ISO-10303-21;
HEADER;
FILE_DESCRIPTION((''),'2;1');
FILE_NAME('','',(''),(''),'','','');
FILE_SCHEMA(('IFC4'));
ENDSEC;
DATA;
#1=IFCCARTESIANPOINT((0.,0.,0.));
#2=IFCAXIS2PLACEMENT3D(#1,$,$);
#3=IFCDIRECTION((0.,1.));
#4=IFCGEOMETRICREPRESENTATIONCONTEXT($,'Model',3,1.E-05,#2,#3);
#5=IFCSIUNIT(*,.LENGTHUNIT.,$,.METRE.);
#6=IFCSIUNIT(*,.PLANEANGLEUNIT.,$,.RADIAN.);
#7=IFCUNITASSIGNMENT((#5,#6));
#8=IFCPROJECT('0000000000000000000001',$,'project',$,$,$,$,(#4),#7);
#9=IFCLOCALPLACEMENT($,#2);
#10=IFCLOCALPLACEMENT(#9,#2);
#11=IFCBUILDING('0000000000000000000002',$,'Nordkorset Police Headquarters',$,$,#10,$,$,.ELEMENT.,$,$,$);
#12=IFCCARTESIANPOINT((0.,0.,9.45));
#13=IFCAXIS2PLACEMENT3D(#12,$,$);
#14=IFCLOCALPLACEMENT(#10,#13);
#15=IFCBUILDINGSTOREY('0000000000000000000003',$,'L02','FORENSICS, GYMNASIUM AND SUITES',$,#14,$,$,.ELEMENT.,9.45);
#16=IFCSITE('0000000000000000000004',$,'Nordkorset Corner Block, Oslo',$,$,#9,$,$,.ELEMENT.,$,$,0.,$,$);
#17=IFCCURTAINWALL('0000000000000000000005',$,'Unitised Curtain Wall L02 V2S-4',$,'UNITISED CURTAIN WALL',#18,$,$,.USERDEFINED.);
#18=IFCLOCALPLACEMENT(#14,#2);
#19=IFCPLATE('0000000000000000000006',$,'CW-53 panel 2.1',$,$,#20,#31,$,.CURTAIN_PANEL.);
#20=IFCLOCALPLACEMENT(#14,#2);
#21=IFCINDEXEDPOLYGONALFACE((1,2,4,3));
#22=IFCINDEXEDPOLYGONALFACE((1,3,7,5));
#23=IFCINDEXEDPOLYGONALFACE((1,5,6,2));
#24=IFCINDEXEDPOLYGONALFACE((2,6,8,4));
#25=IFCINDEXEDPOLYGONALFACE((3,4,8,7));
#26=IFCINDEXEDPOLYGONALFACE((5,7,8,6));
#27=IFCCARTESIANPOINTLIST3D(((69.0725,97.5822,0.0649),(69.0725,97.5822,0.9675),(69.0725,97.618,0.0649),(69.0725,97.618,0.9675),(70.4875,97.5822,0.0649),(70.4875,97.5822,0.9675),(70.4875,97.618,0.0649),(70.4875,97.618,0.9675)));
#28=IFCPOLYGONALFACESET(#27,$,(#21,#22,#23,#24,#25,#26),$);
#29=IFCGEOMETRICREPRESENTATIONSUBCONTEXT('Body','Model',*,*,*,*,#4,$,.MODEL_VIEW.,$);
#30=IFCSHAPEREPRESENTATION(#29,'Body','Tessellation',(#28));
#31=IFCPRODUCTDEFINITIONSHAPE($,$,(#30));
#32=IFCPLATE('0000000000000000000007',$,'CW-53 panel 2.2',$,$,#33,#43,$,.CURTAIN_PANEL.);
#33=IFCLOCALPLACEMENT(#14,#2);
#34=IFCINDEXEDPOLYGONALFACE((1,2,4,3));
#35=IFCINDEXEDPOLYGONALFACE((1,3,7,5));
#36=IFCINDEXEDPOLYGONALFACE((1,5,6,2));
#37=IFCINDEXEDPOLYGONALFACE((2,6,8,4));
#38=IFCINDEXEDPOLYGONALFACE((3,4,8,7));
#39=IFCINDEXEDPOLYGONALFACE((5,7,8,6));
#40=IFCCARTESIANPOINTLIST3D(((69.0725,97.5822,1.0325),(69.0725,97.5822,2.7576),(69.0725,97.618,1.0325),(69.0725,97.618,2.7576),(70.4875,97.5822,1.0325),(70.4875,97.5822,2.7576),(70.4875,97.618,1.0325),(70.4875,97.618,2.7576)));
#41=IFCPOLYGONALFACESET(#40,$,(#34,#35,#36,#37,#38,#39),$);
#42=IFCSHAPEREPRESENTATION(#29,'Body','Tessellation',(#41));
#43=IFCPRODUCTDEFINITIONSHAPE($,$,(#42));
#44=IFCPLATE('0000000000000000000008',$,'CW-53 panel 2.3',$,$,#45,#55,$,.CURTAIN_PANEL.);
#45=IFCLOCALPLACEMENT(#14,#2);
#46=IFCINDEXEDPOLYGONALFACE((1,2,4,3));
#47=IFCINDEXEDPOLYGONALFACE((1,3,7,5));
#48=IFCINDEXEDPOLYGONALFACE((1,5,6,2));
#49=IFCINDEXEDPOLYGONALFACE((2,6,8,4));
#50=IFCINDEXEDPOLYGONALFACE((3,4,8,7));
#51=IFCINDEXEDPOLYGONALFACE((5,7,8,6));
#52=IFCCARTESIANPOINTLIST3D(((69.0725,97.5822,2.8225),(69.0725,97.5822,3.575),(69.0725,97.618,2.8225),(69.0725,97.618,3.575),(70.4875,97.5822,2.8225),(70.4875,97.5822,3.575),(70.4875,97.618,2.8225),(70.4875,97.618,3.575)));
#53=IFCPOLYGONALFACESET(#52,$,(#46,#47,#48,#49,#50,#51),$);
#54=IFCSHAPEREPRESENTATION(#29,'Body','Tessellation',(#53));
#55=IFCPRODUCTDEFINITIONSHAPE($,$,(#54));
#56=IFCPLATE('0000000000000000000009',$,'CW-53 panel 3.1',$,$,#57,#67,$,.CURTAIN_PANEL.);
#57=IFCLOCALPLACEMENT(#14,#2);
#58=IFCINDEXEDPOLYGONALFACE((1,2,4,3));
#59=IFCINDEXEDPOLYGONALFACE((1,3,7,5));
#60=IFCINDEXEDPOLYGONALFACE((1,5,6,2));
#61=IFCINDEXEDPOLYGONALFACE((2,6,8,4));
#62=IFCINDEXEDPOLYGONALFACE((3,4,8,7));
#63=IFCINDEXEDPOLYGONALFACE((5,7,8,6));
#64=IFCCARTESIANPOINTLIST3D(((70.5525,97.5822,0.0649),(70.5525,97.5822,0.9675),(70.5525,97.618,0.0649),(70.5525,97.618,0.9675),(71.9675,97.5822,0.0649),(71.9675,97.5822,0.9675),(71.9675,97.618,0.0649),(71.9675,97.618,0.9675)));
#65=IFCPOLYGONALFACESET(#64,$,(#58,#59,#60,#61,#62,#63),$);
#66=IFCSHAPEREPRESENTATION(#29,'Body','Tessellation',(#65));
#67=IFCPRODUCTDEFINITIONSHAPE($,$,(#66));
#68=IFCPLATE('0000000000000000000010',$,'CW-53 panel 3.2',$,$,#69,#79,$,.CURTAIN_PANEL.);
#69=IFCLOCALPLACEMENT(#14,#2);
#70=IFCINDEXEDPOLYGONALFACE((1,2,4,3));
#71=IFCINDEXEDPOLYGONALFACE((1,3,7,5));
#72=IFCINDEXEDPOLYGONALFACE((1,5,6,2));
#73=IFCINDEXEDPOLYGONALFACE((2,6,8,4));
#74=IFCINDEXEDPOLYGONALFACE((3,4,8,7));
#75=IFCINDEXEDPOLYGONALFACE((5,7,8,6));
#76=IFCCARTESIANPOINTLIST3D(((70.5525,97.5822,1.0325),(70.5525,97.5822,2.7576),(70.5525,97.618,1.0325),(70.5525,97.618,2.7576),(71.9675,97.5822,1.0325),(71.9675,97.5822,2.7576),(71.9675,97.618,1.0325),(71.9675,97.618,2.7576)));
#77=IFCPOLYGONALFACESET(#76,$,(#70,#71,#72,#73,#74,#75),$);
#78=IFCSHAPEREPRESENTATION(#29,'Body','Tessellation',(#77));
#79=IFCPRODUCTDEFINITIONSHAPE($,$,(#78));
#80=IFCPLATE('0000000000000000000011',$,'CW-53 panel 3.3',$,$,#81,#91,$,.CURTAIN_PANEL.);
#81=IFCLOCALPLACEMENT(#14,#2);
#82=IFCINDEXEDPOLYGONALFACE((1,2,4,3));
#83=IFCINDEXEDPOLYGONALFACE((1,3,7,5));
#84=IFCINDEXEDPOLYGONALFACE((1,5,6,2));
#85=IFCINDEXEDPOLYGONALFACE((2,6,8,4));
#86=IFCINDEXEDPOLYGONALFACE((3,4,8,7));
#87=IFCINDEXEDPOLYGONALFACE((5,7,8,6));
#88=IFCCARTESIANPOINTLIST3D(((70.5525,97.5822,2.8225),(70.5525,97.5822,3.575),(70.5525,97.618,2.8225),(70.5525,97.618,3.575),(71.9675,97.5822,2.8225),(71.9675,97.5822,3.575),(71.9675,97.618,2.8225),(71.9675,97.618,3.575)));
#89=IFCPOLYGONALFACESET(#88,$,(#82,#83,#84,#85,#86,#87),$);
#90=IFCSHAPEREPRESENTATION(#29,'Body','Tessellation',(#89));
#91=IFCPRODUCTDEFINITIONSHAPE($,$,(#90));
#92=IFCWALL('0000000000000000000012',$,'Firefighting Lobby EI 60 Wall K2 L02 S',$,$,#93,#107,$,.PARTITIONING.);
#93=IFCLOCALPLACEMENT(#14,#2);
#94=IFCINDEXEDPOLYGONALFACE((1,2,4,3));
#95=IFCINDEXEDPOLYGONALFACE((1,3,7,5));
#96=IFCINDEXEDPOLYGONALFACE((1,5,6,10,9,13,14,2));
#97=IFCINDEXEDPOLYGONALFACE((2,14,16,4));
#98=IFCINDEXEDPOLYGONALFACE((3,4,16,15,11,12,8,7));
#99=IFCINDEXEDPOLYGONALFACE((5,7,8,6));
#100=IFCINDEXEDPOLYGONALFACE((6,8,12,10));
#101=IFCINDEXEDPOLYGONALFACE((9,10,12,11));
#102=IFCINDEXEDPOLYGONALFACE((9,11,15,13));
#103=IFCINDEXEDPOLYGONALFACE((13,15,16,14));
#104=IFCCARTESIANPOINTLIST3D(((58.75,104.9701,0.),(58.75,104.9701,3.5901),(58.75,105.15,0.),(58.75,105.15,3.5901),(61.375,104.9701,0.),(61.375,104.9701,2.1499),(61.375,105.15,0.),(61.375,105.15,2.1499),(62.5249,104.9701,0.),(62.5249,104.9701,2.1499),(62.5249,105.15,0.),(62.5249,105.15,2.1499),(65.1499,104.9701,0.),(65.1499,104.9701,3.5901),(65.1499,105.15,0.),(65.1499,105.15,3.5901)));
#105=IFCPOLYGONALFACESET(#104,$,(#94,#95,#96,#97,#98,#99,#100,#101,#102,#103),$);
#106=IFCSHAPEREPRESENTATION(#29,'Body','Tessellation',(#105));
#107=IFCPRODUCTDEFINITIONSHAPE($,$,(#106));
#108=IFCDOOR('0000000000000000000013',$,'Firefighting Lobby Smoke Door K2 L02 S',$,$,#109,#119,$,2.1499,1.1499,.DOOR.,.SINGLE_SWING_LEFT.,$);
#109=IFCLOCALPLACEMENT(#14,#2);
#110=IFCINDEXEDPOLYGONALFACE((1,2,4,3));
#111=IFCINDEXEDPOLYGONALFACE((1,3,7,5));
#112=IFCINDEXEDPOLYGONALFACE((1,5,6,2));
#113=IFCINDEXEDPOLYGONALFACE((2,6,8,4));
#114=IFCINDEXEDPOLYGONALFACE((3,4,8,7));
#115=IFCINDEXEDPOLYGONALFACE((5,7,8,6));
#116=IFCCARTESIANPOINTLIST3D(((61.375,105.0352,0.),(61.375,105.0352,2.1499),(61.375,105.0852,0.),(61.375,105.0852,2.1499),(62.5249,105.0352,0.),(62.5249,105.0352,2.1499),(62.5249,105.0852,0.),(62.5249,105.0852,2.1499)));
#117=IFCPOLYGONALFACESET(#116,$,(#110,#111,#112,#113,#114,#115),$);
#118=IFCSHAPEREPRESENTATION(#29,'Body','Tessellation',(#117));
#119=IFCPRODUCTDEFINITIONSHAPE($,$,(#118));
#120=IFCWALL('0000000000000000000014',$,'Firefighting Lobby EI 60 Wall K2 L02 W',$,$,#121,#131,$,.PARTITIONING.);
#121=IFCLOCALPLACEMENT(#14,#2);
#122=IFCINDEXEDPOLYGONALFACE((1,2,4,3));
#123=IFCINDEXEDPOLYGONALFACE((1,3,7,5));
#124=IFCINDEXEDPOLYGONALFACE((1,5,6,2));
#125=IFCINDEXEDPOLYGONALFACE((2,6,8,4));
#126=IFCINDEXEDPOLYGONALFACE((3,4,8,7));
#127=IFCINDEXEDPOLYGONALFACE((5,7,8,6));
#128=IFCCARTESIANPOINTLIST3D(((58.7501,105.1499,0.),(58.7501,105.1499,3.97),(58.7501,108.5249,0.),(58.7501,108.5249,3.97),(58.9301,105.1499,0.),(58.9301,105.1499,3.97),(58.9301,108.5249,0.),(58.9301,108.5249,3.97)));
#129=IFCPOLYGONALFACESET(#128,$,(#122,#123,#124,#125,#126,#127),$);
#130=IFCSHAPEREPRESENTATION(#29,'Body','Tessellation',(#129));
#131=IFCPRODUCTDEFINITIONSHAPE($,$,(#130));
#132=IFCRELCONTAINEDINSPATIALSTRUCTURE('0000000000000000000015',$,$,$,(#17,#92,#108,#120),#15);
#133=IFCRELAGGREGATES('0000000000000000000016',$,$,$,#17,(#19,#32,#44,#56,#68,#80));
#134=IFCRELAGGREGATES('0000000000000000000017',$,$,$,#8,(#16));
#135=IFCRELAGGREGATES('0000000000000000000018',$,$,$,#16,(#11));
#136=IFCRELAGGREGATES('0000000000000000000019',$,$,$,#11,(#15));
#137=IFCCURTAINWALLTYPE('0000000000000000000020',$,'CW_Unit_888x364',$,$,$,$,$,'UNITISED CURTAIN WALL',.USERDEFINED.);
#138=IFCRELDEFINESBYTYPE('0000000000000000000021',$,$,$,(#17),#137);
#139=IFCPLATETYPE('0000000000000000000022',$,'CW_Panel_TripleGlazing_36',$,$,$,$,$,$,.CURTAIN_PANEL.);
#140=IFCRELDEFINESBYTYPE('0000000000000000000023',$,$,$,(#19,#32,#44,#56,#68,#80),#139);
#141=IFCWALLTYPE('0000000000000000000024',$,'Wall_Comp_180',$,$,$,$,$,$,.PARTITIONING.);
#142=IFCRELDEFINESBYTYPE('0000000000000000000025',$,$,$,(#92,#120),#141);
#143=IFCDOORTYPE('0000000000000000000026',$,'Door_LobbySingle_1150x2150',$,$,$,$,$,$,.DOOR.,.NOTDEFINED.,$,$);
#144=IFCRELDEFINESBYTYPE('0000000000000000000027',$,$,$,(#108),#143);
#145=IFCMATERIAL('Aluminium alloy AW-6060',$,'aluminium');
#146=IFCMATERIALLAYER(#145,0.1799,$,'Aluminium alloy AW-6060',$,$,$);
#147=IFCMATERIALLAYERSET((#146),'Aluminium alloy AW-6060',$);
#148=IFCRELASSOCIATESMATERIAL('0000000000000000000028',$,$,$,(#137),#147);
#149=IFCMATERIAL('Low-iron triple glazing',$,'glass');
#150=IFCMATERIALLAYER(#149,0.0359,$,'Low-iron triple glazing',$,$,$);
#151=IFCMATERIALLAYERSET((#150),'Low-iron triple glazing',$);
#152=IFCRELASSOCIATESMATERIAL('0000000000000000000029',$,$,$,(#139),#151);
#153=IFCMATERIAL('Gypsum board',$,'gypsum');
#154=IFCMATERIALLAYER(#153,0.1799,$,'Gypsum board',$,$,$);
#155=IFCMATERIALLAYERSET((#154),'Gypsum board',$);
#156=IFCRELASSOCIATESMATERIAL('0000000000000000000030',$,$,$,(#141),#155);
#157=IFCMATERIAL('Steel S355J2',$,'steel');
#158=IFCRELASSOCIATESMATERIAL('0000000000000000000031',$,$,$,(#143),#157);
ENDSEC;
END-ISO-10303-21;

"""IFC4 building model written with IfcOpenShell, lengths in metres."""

from ifc_helpers import new_model, si_unit, direction, frame, frame_2d, origin, origin_2d, place, context, subcontext, project, spatial, rectangle, extrude, material, layer, layer_set, type_object, element, fill, aggregate, save


model = new_model("IFC4")

# Units and contexts
model_context = context("Model", 3, precision=1e-05, world=origin(), true_north=direction((0.0, 1.0)))
body_context = subcontext(model_context, "Body", "Model", "MODEL_VIEW")
ifc_project = project(units=[si_unit("LENGTHUNIT", "METRE"), si_unit("PLANEANGLEUNIT", "RADIAN")], contexts=[model_context])

# Site, building, storey
site_placement = place(None, origin())
site = spatial("IfcSite", under=ifc_project, at=site_placement, Name="Nordkorset Corner Block, Oslo", CompositionType="ELEMENT", RefElevation=0.0)
building_placement = place(site_placement, origin())
building = spatial("IfcBuilding", under=site, at=building_placement, Name="Nordkorset Police Headquarters", CompositionType="ELEMENT")
storey_placement = place(building_placement, frame((0.0, 0.0, 9.45)))
storey = spatial("IfcBuildingStorey", under=building, at=storey_placement, Name="L02", Description="FORENSICS, GYMNASIUM AND SUITES", CompositionType="ELEMENT", Elevation=9.45)

# Curtain wall
ifc_material_1 = material(Name="Aluminium alloy AW-6060", Category="aluminium")
ifc_layer_1 = layer(ifc_material_1, 0.1799, Name="Aluminium alloy AW-6060")
ifc_layer_set_1 = layer_set([ifc_layer_1], Name="Aluminium alloy AW-6060")
curtain_wall_type = type_object("IfcCurtainWallType", Name="CW_Unit_888x364", ElementType="UNITISED CURTAIN WALL", PredefinedType="USERDEFINED", material=ifc_layer_set_1)
curtain_wall_placement = place(storey_placement, origin())
curtain_wall = element("IfcCurtainWall", 1, at=curtain_wall_placement, inside=storey, type_object=curtain_wall_type, Name="Unitised Curtain Wall L02 V2S-4", ObjectType="UNITISED CURTAIN WALL", PredefinedType="USERDEFINED")

# Plates
ifc_material_2 = material(Name="Low-iron triple glazing", Category="glass")
ifc_layer_2 = layer(ifc_material_2, 0.0359, Name="Low-iron triple glazing")
ifc_layer_set_2 = layer_set([ifc_layer_2], Name="Low-iron triple glazing")
plate_type = type_object("IfcPlateType", Name="CW_Panel_TripleGlazing_36", PredefinedType="CURTAIN_PANEL", material=ifc_layer_set_2)
plate_1_placement = place(storey_placement, frame((69.78, 97.6001, 0.0649), z_axis=(0.0, 0.0, 1.0), x_axis=(1.0, 0.0, 0.0)))
plate_1 = element("IfcPlate", 2, at=plate_1_placement, type_object=plate_type, Name="CW-53 panel 2.1", PredefinedType="CURTAIN_PANEL", context=body_context, shape_type="SweptSolid", body=[
    extrude(rectangle(XDim=1.415, YDim=0.0359, at=origin_2d()), origin(), (0.0, 0.0, 1.0), 0.9026),
])
plate_2_placement = place(storey_placement, frame((69.78, 97.6001, 1.0325), z_axis=(0.0, 0.0, 1.0), x_axis=(1.0, 0.0, 0.0)))
plate_2 = element("IfcPlate", 3, at=plate_2_placement, type_object=plate_type, Name="CW-53 panel 2.2", PredefinedType="CURTAIN_PANEL", context=body_context, shape_type="SweptSolid", body=[
    extrude(rectangle(XDim=1.415, YDim=0.0359, at=origin_2d()), origin(), (0.0, 0.0, 1.0), 1.7251),
])
plate_3_placement = place(storey_placement, frame((69.78, 97.6001, 2.8225), z_axis=(0.0, 0.0, 1.0), x_axis=(1.0, 0.0, 0.0)))
plate_3 = element("IfcPlate", 4, at=plate_3_placement, type_object=plate_type, Name="CW-53 panel 2.3", PredefinedType="CURTAIN_PANEL", context=body_context, shape_type="SweptSolid", body=[
    extrude(rectangle(XDim=1.415, YDim=0.0359, at=origin_2d()), origin(), (0.0, 0.0, 1.0), 0.7524),
])
plate_4_placement = place(storey_placement, frame((71.26, 97.6001, 0.0649), z_axis=(0.0, 0.0, 1.0), x_axis=(1.0, 0.0, 0.0)))
plate_4 = element("IfcPlate", 5, at=plate_4_placement, type_object=plate_type, Name="CW-53 panel 3.1", PredefinedType="CURTAIN_PANEL", context=body_context, shape_type="SweptSolid", body=[
    extrude(rectangle(XDim=1.415, YDim=0.0359, at=origin_2d()), origin(), (0.0, 0.0, 1.0), 0.9026),
])
plate_5_placement = place(storey_placement, frame((71.26, 97.6001, 1.0325), z_axis=(0.0, 0.0, 1.0), x_axis=(1.0, 0.0, 0.0)))
plate_5 = element("IfcPlate", 6, at=plate_5_placement, type_object=plate_type, Name="CW-53 panel 3.2", PredefinedType="CURTAIN_PANEL", context=body_context, shape_type="SweptSolid", body=[
    extrude(rectangle(XDim=1.415, YDim=0.0359, at=origin_2d()), origin(), (0.0, 0.0, 1.0), 1.7251),
])
plate_6_placement = place(storey_placement, frame((71.26, 97.6001, 2.8225), z_axis=(0.0, 0.0, 1.0), x_axis=(1.0, 0.0, 0.0)))
plate_6 = element("IfcPlate", 7, at=plate_6_placement, type_object=plate_type, Name="CW-53 panel 3.3", PredefinedType="CURTAIN_PANEL", context=body_context, shape_type="SweptSolid", body=[
    extrude(rectangle(XDim=1.415, YDim=0.0359, at=origin_2d()), origin(), (0.0, 0.0, 1.0), 0.7524),
])
aggregate(curtain_wall, [plate_1, plate_2, plate_3, plate_4, plate_5, plate_6])

# Wall, opening, door
ifc_material_3 = material(Name="Gypsum board", Category="gypsum")
ifc_layer_3 = layer(ifc_material_3, 0.1799, Name="Gypsum board")
ifc_layer_set_3 = layer_set([ifc_layer_3], Name="Gypsum board")
wall_type = type_object("IfcWallType", Name="Wall_Comp_180", PredefinedType="PARTITIONING", material=ifc_layer_set_3)
wall_1_placement = place(storey_placement, frame((58.75, 105.0601, 0.0), z_axis=(0.0, 0.0, 1.0), x_axis=(1.0, 0.0, 0.0)))
wall_1 = element("IfcWall", 8, at=wall_1_placement, inside=storey, type_object=wall_type, Name="Firefighting Lobby EI 60 Wall K2 L02 S", PredefinedType="PARTITIONING", context=body_context, shape_type="SweptSolid", body=[
    extrude(rectangle(XDim=6.3999, YDim=0.1799, at=frame_2d((3.2, 0.0))), origin(), (0.0, 0.0, 1.0), 3.5901),
])
opening_placement = place(wall_1_placement, frame((2.625, 0.0, 0.0)))
opening = element("IfcOpeningElement", 9, at=opening_placement, cuts=wall_1, PredefinedType="OPENING", context=body_context, shape_type="SweptSolid", body=[
    extrude(rectangle(XDim=1.1499, YDim=2.1499, at=frame_2d((0.575, 1.075))), frame((0.0, 0.1001, 0.0), z_axis=(0.0, -1.0, 0.0), x_axis=(1.0, 0.0, 0.0)), (0.0, 0.0, 1.0), 0.2),
])
ifc_material_4 = material(Name="Steel S355J2", Category="steel")
door_type = type_object("IfcDoorType", Name="Door_LobbySingle_1150x2150", OperationType="NOTDEFINED", PredefinedType="DOOR", material=ifc_material_4)
door_placement = place(opening_placement, frame((1.1499, 0.0, 0.0), z_axis=(0.0, 0.0, 1.0), x_axis=(-1.0, 0.0, 0.0)))
door = element("IfcDoor", 10, at=door_placement, inside=storey, type_object=door_type, Name="Firefighting Lobby Smoke Door K2 L02 S", OperationType="SINGLE_SWING_LEFT", OverallHeight=2.1499, OverallWidth=1.1499, PredefinedType="DOOR", context=body_context, shape_type="SweptSolid", body=[
    extrude(rectangle(XDim=1.1499, YDim=2.1499, at=frame_2d((0.575, 1.075))), frame((0.0, 0.0249, 0.0), z_axis=(0.0, -1.0, 0.0), x_axis=(1.0, 0.0, 0.0)), (0.0, 0.0, 1.0), 0.05),
])
fill(opening, door)

# Wall
wall_2_placement = place(storey_placement, frame((58.8401, 105.1499, 0.0), z_axis=(0.0, 0.0, 1.0), x_axis=(0.0, 1.0, 0.0)))
element("IfcWall", 11, at=wall_2_placement, inside=storey, type_object=wall_type, Name="Firefighting Lobby EI 60 Wall K2 L02 W", PredefinedType="PARTITIONING", context=body_context, shape_type="SweptSolid", body=[
    extrude(rectangle(XDim=3.375, YDim=0.1799, at=frame_2d((1.6875, 0.0))), origin(), (0.0, 0.0, 1.0), 3.97),
])

save(model, "model.ifc")
